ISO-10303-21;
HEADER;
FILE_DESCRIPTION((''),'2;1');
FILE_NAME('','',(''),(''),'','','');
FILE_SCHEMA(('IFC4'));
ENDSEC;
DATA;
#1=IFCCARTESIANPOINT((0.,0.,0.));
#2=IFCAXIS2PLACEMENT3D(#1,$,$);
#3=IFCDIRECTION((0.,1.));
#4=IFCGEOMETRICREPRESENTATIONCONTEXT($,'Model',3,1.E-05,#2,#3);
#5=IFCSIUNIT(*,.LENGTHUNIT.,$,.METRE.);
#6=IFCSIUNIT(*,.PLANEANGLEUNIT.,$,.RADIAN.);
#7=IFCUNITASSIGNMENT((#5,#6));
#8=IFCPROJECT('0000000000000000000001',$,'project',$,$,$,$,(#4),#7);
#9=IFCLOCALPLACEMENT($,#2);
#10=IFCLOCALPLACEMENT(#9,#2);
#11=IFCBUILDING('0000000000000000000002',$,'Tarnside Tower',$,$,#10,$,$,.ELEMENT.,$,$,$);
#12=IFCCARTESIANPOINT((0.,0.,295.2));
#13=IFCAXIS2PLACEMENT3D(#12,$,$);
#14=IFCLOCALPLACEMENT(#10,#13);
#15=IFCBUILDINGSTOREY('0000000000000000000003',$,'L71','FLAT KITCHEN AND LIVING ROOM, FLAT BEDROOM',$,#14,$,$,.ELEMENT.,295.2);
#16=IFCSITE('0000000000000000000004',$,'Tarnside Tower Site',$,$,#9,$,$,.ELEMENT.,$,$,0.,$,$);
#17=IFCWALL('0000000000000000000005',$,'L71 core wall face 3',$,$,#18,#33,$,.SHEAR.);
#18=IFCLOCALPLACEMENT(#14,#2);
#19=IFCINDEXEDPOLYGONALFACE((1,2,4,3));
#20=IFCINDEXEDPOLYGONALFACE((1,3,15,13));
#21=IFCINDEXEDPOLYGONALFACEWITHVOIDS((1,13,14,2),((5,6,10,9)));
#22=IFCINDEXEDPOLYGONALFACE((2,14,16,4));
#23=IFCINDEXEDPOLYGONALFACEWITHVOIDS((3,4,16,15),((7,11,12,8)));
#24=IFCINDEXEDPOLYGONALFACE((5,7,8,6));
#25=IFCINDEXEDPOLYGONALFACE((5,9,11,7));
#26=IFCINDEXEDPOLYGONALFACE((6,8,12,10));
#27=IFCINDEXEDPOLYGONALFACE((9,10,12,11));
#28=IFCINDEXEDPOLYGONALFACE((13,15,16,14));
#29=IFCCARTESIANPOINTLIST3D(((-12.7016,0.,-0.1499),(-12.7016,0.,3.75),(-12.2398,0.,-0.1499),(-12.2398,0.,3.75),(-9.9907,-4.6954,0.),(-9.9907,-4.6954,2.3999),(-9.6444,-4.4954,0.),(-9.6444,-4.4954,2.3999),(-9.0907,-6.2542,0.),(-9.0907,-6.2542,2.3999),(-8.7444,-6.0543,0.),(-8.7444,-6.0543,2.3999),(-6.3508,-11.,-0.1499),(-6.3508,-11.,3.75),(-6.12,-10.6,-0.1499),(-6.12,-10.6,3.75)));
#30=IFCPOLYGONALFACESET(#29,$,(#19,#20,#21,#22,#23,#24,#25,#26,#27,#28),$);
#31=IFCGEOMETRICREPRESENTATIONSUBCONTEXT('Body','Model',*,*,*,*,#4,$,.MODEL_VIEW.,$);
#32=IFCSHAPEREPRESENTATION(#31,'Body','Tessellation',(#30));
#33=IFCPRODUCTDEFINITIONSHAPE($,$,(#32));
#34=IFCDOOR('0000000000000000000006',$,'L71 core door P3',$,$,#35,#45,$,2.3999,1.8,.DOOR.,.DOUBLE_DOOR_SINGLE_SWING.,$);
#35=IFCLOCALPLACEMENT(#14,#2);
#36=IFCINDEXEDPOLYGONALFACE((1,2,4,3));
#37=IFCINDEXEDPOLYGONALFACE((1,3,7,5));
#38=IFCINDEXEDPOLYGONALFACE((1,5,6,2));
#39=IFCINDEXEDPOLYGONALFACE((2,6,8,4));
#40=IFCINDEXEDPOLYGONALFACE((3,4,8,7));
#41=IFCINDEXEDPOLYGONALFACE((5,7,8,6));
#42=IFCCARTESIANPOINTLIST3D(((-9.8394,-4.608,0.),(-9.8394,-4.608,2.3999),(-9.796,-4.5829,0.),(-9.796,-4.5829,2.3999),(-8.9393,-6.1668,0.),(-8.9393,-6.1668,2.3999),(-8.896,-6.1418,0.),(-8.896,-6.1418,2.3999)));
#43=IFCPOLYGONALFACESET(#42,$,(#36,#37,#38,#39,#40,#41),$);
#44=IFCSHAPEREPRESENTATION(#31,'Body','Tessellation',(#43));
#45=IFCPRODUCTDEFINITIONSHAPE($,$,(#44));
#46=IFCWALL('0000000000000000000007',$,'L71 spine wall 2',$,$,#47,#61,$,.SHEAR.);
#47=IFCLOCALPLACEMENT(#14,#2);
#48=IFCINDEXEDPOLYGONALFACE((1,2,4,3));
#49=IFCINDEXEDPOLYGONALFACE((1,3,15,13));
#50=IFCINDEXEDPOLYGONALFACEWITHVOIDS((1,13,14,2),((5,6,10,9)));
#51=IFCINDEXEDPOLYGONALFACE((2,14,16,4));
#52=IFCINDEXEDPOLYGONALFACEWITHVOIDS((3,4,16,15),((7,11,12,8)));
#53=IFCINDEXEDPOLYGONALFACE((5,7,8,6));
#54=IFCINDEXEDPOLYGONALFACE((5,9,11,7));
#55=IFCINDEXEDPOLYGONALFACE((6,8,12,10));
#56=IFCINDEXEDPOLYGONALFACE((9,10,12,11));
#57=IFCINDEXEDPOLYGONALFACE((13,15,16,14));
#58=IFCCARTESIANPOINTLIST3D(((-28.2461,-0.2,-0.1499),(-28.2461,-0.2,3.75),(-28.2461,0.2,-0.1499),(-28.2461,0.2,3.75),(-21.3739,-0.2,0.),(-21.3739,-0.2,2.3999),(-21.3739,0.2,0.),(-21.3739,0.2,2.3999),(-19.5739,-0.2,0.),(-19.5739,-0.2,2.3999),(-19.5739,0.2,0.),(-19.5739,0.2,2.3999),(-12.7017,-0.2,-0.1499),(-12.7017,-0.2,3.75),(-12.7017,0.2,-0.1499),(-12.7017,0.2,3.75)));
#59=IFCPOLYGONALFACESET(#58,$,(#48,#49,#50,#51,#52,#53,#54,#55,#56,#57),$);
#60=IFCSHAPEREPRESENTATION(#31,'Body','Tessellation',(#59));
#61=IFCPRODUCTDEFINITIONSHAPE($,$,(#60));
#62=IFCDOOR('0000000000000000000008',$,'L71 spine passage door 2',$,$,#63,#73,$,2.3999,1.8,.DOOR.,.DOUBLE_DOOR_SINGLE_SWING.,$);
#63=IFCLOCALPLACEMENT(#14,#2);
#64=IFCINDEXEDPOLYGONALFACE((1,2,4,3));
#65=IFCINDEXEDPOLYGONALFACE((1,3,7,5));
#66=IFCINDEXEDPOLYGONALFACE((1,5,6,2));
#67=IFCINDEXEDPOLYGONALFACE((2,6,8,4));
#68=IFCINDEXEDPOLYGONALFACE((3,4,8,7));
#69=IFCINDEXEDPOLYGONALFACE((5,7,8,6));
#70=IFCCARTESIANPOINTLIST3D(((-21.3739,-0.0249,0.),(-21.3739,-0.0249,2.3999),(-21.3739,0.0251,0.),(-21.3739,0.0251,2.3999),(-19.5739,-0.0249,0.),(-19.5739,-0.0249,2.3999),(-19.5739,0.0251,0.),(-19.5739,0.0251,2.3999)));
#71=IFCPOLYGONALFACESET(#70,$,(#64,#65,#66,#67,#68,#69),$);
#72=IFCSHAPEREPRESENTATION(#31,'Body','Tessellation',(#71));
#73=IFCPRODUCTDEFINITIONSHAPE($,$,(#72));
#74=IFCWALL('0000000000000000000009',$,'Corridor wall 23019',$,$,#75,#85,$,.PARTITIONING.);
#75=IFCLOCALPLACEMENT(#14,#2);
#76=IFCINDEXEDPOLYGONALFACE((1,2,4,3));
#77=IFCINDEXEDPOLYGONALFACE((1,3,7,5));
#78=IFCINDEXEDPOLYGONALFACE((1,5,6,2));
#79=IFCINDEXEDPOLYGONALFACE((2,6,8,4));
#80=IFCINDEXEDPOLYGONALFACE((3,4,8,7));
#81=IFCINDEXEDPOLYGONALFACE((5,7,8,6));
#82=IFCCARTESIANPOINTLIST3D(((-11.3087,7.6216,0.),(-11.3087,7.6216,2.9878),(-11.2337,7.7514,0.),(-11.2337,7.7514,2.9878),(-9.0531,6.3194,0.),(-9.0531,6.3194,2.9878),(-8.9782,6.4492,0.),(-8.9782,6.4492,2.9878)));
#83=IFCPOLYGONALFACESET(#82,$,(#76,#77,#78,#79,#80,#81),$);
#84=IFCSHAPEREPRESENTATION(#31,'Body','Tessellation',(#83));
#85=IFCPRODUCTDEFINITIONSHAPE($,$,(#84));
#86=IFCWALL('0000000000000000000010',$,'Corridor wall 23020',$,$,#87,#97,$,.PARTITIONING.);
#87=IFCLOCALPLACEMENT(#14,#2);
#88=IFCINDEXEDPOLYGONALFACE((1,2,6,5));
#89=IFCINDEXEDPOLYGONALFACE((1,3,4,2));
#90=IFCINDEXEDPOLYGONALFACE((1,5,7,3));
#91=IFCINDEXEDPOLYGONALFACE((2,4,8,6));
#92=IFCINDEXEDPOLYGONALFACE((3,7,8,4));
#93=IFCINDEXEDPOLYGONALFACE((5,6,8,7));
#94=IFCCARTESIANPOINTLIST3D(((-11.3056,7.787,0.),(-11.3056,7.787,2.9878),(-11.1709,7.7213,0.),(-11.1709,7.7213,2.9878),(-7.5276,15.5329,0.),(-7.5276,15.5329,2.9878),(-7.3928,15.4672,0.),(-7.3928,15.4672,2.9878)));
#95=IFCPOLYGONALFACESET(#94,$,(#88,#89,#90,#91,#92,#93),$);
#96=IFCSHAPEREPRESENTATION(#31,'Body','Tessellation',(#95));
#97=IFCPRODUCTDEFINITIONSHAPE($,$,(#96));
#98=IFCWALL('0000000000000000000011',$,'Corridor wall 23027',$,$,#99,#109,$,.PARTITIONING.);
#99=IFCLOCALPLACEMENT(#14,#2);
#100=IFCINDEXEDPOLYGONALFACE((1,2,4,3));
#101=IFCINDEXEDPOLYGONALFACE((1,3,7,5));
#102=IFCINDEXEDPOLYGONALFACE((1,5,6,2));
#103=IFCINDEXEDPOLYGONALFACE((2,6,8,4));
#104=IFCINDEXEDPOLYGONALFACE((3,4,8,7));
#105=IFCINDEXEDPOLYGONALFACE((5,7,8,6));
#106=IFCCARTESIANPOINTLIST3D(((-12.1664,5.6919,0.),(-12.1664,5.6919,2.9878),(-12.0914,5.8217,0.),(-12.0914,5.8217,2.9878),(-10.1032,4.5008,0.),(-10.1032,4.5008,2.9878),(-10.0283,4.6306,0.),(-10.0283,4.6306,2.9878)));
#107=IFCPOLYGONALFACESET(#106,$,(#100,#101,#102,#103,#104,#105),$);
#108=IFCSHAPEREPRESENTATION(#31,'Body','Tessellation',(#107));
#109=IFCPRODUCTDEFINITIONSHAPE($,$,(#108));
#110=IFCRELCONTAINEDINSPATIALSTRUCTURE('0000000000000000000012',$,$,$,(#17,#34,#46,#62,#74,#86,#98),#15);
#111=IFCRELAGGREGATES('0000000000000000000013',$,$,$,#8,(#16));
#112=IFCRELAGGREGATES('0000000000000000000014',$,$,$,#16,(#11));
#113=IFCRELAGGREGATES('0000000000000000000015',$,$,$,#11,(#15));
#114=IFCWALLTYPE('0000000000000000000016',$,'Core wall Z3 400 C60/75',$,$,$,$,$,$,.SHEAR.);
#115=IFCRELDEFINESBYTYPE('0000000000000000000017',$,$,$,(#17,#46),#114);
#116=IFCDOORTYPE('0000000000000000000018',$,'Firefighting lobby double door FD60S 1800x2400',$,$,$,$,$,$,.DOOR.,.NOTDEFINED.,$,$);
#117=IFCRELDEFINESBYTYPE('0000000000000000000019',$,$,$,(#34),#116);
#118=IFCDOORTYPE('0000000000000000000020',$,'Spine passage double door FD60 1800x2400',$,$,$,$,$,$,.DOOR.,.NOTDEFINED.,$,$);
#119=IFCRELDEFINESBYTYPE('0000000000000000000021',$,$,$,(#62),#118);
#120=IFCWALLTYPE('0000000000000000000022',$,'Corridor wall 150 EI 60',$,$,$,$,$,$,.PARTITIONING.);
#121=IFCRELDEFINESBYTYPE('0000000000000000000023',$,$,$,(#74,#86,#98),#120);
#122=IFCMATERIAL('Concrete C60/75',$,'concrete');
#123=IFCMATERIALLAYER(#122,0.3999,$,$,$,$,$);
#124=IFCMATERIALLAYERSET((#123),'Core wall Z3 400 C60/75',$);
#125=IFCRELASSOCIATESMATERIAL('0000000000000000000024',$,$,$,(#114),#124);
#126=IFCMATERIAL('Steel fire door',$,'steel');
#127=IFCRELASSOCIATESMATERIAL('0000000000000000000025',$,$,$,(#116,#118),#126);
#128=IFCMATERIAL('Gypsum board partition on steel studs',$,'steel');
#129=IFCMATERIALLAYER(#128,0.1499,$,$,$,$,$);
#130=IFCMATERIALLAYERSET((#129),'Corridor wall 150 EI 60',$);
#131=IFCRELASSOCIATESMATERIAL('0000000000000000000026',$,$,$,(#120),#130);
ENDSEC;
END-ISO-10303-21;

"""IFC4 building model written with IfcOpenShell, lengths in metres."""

from ifc_helpers import new_model, si_unit, direction, frame, frame_2d, origin, place, context, subcontext, project, spatial, polyline, rectangle, outline, extrude, material, layer, layer_set, type_object, element, fill, save


model = new_model("IFC4")

# Units and contexts
model_context = context("Model", 3, precision=1e-05, world=origin(), true_north=direction((0.0, 1.0)))
body_context = subcontext(model_context, "Body", "Model", "MODEL_VIEW")
ifc_project = project(units=[si_unit("LENGTHUNIT", "METRE"), si_unit("PLANEANGLEUNIT", "RADIAN")], contexts=[model_context])

# Site, building, storey
site_placement = place(None, origin())
site = spatial("IfcSite", under=ifc_project, at=site_placement, Name="Tarnside Tower Site", CompositionType="ELEMENT", RefElevation=0.0)
building_placement = place(site_placement, origin())
building = spatial("IfcBuilding", under=site, at=building_placement, Name="Tarnside Tower", CompositionType="ELEMENT")
storey_placement = place(building_placement, frame((0.0, 0.0, 295.2)))
storey = spatial("IfcBuildingStorey", under=building, at=storey_placement, Name="L71", Description="FLAT KITCHEN AND LIVING ROOM, FLAT BEDROOM", CompositionType="ELEMENT", Elevation=295.2)

# Walls, openings, doors
ifc_material_1 = material(Name="Concrete C60/75", Category="concrete")
ifc_layer_1 = layer(ifc_material_1, 0.3999)
ifc_layer_set_1 = layer_set([ifc_layer_1], Name="Core wall Z3 400 C60/75")
wall_type_1 = type_object("IfcWallType", Name="Core wall Z3 400 C60/75", PredefinedType="SHEAR", material=ifc_layer_set_1)
wall_1_placement = place(storey_placement, frame((-12.4707, 0.0, -0.1499), z_axis=(0.0, 0.0, 1.0), x_axis=(0.499996, -0.866027, 0.0)))
wall_1 = element("IfcWall", 1, at=wall_1_placement, inside=storey, type_object=wall_type_1, Name="L71 core wall face 3", PredefinedType="SHEAR", context=body_context, shape_type="SweptSolid", body=[
    extrude(outline(polyline([(-0.1155, -0.2), (12.5862, -0.2), (12.3552, 0.2), (0.1155, 0.2), (-0.1155, -0.2)])), origin(), (0.0, 0.0, 1.0), 3.8999),
])
opening_1_placement = place(wall_1_placement, frame((5.3064, 0.0, 0.1499)))
opening_1 = element("IfcOpeningElement", 2, at=opening_1_placement, cuts=wall_1, PredefinedType="OPENING", context=body_context, shape_type="SweptSolid", body=[
    extrude(rectangle(XDim=1.8, YDim=2.3999, at=frame_2d((0.8999, 1.2))), frame((0.0, 0.21, 0.0), z_axis=(0.0, -1.0, 0.0), x_axis=(1.0, 0.0, 0.0)), (0.0, 0.0, 1.0), 0.4199),
])
ifc_material_2 = material(Name="Steel fire door", Category="steel")
door_type_1 = type_object("IfcDoorType", Name="Firefighting lobby double door FD60S 1800x2400", OperationType="NOTDEFINED", PredefinedType="DOOR", material=ifc_material_2)
door_1_placement = place(opening_1_placement, origin())
door_1 = element("IfcDoor", 3, at=door_1_placement, inside=storey, type_object=door_type_1, Name="L71 core door P3", OperationType="DOUBLE_DOOR_SINGLE_SWING", OverallHeight=2.3999, OverallWidth=1.8, PredefinedType="DOOR", context=body_context, shape_type="SweptSolid", body=[
    extrude(rectangle(XDim=1.8, YDim=2.3999, at=frame_2d((0.8999, 1.2))), frame((0.0, 0.0249, 0.0), z_axis=(0.0, -1.0, 0.0), x_axis=(1.0, 0.0, 0.0)), (0.0, 0.0, 1.0), 0.05),
])
fill(opening_1, door_1)
wall_2_placement = place(storey_placement, frame((-12.7017, 0.0, -0.1499), z_axis=(0.0, 0.0, 1.0), x_axis=(-1.0, 0.0, 0.0)))
wall_2 = element("IfcWall", 4, at=wall_2_placement, inside=storey, type_object=wall_type_1, Name="L71 spine wall 2", PredefinedType="SHEAR", context=body_context, shape_type="SweptSolid", body=[
    extrude(rectangle(XDim=15.5444, YDim=0.3999, at=frame_2d((7.7722, 0.0))), origin(), (0.0, 0.0, 1.0), 3.8999),
])
opening_2_placement = place(wall_2_placement, frame((6.8723, 0.0, 0.1499)))
opening_2 = element("IfcOpeningElement", 5, at=opening_2_placement, cuts=wall_2, PredefinedType="OPENING", context=body_context, shape_type="SweptSolid", body=[
    extrude(rectangle(XDim=1.8, YDim=2.3999, at=frame_2d((0.8999, 1.2))), frame((0.0, 0.21, 0.0), z_axis=(0.0, -1.0, 0.0), x_axis=(1.0, 0.0, 0.0)), (0.0, 0.0, 1.0), 0.4199),
])
door_type_2 = type_object("IfcDoorType", Name="Spine passage double door FD60 1800x2400", OperationType="NOTDEFINED", PredefinedType="DOOR", material=ifc_material_2)
door_2_placement = place(opening_2_placement, origin())
door_2 = element("IfcDoor", 6, at=door_2_placement, inside=storey, type_object=door_type_2, Name="L71 spine passage door 2", OperationType="DOUBLE_DOOR_SINGLE_SWING", OverallHeight=2.3999, OverallWidth=1.8, PredefinedType="DOOR", context=body_context, shape_type="SweptSolid", body=[
    extrude(rectangle(XDim=1.8, YDim=2.3999, at=frame_2d((0.8999, 1.2))), frame((0.0, 0.0249, 0.0), z_axis=(0.0, -1.0, 0.0), x_axis=(1.0, 0.0, 0.0)), (0.0, 0.0, 1.0), 0.05),
])
fill(opening_2, door_2)

# Walls
ifc_material_3 = material(Name="Gypsum board partition on steel studs", Category="steel")
ifc_layer_2 = layer(ifc_material_3, 0.1499)
ifc_layer_set_2 = layer_set([ifc_layer_2], Name="Corridor wall 150 EI 60")
wall_type_2 = type_object("IfcWallType", Name="Corridor wall 150 EI 60", PredefinedType="PARTITIONING", material=ifc_layer_set_2)
wall_3_placement = place(storey_placement, frame((-9.0156, 6.3843, 0.0), z_axis=(0.0, 0.0, 1.0), x_axis=(-0.866031, 0.49999, 0.0)))
element("IfcWall", 7, at=wall_3_placement, inside=storey, type_object=wall_type_2, Name="Corridor wall 23019", PredefinedType="PARTITIONING", context=body_context, shape_type="SweptSolid", body=[
    extrude(rectangle(XDim=2.6045, YDim=0.1499, at=frame_2d((1.3022, 0.0))), origin(), (0.0, 0.0, 1.0), 2.9878),
])
wall_4_placement = place(storey_placement, frame((-11.2383, 7.7542, 0.0), z_axis=(0.0, 0.0, 1.0), x_axis=(0.438387, 0.898786, 0.0)))
element("IfcWall", 8, at=wall_4_placement, inside=storey, type_object=wall_type_2, Name="Corridor wall 23020", PredefinedType="PARTITIONING", context=body_context, shape_type="SweptSolid", body=[
    extrude(rectangle(XDim=8.6182, YDim=0.1499, at=frame_2d((4.3091, 0.0))), origin(), (0.0, 0.0, 1.0), 2.9878),
])
wall_5_placement = place(storey_placement, frame((-12.1289, 5.7568, 0.0), z_axis=(0.0, 0.0, 1.0), x_axis=(0.866034, -0.499986, 0.0)))
element("IfcWall", 9, at=wall_5_placement, inside=storey, type_object=wall_type_2, Name="Corridor wall 23027", PredefinedType="PARTITIONING", context=body_context, shape_type="SweptSolid", body=[
    extrude(rectangle(XDim=2.3823, YDim=0.1499, at=frame_2d((1.1912, 0.0))), origin(), (0.0, 0.0, 1.0), 2.9878),
])

save(model, "model.ifc")
